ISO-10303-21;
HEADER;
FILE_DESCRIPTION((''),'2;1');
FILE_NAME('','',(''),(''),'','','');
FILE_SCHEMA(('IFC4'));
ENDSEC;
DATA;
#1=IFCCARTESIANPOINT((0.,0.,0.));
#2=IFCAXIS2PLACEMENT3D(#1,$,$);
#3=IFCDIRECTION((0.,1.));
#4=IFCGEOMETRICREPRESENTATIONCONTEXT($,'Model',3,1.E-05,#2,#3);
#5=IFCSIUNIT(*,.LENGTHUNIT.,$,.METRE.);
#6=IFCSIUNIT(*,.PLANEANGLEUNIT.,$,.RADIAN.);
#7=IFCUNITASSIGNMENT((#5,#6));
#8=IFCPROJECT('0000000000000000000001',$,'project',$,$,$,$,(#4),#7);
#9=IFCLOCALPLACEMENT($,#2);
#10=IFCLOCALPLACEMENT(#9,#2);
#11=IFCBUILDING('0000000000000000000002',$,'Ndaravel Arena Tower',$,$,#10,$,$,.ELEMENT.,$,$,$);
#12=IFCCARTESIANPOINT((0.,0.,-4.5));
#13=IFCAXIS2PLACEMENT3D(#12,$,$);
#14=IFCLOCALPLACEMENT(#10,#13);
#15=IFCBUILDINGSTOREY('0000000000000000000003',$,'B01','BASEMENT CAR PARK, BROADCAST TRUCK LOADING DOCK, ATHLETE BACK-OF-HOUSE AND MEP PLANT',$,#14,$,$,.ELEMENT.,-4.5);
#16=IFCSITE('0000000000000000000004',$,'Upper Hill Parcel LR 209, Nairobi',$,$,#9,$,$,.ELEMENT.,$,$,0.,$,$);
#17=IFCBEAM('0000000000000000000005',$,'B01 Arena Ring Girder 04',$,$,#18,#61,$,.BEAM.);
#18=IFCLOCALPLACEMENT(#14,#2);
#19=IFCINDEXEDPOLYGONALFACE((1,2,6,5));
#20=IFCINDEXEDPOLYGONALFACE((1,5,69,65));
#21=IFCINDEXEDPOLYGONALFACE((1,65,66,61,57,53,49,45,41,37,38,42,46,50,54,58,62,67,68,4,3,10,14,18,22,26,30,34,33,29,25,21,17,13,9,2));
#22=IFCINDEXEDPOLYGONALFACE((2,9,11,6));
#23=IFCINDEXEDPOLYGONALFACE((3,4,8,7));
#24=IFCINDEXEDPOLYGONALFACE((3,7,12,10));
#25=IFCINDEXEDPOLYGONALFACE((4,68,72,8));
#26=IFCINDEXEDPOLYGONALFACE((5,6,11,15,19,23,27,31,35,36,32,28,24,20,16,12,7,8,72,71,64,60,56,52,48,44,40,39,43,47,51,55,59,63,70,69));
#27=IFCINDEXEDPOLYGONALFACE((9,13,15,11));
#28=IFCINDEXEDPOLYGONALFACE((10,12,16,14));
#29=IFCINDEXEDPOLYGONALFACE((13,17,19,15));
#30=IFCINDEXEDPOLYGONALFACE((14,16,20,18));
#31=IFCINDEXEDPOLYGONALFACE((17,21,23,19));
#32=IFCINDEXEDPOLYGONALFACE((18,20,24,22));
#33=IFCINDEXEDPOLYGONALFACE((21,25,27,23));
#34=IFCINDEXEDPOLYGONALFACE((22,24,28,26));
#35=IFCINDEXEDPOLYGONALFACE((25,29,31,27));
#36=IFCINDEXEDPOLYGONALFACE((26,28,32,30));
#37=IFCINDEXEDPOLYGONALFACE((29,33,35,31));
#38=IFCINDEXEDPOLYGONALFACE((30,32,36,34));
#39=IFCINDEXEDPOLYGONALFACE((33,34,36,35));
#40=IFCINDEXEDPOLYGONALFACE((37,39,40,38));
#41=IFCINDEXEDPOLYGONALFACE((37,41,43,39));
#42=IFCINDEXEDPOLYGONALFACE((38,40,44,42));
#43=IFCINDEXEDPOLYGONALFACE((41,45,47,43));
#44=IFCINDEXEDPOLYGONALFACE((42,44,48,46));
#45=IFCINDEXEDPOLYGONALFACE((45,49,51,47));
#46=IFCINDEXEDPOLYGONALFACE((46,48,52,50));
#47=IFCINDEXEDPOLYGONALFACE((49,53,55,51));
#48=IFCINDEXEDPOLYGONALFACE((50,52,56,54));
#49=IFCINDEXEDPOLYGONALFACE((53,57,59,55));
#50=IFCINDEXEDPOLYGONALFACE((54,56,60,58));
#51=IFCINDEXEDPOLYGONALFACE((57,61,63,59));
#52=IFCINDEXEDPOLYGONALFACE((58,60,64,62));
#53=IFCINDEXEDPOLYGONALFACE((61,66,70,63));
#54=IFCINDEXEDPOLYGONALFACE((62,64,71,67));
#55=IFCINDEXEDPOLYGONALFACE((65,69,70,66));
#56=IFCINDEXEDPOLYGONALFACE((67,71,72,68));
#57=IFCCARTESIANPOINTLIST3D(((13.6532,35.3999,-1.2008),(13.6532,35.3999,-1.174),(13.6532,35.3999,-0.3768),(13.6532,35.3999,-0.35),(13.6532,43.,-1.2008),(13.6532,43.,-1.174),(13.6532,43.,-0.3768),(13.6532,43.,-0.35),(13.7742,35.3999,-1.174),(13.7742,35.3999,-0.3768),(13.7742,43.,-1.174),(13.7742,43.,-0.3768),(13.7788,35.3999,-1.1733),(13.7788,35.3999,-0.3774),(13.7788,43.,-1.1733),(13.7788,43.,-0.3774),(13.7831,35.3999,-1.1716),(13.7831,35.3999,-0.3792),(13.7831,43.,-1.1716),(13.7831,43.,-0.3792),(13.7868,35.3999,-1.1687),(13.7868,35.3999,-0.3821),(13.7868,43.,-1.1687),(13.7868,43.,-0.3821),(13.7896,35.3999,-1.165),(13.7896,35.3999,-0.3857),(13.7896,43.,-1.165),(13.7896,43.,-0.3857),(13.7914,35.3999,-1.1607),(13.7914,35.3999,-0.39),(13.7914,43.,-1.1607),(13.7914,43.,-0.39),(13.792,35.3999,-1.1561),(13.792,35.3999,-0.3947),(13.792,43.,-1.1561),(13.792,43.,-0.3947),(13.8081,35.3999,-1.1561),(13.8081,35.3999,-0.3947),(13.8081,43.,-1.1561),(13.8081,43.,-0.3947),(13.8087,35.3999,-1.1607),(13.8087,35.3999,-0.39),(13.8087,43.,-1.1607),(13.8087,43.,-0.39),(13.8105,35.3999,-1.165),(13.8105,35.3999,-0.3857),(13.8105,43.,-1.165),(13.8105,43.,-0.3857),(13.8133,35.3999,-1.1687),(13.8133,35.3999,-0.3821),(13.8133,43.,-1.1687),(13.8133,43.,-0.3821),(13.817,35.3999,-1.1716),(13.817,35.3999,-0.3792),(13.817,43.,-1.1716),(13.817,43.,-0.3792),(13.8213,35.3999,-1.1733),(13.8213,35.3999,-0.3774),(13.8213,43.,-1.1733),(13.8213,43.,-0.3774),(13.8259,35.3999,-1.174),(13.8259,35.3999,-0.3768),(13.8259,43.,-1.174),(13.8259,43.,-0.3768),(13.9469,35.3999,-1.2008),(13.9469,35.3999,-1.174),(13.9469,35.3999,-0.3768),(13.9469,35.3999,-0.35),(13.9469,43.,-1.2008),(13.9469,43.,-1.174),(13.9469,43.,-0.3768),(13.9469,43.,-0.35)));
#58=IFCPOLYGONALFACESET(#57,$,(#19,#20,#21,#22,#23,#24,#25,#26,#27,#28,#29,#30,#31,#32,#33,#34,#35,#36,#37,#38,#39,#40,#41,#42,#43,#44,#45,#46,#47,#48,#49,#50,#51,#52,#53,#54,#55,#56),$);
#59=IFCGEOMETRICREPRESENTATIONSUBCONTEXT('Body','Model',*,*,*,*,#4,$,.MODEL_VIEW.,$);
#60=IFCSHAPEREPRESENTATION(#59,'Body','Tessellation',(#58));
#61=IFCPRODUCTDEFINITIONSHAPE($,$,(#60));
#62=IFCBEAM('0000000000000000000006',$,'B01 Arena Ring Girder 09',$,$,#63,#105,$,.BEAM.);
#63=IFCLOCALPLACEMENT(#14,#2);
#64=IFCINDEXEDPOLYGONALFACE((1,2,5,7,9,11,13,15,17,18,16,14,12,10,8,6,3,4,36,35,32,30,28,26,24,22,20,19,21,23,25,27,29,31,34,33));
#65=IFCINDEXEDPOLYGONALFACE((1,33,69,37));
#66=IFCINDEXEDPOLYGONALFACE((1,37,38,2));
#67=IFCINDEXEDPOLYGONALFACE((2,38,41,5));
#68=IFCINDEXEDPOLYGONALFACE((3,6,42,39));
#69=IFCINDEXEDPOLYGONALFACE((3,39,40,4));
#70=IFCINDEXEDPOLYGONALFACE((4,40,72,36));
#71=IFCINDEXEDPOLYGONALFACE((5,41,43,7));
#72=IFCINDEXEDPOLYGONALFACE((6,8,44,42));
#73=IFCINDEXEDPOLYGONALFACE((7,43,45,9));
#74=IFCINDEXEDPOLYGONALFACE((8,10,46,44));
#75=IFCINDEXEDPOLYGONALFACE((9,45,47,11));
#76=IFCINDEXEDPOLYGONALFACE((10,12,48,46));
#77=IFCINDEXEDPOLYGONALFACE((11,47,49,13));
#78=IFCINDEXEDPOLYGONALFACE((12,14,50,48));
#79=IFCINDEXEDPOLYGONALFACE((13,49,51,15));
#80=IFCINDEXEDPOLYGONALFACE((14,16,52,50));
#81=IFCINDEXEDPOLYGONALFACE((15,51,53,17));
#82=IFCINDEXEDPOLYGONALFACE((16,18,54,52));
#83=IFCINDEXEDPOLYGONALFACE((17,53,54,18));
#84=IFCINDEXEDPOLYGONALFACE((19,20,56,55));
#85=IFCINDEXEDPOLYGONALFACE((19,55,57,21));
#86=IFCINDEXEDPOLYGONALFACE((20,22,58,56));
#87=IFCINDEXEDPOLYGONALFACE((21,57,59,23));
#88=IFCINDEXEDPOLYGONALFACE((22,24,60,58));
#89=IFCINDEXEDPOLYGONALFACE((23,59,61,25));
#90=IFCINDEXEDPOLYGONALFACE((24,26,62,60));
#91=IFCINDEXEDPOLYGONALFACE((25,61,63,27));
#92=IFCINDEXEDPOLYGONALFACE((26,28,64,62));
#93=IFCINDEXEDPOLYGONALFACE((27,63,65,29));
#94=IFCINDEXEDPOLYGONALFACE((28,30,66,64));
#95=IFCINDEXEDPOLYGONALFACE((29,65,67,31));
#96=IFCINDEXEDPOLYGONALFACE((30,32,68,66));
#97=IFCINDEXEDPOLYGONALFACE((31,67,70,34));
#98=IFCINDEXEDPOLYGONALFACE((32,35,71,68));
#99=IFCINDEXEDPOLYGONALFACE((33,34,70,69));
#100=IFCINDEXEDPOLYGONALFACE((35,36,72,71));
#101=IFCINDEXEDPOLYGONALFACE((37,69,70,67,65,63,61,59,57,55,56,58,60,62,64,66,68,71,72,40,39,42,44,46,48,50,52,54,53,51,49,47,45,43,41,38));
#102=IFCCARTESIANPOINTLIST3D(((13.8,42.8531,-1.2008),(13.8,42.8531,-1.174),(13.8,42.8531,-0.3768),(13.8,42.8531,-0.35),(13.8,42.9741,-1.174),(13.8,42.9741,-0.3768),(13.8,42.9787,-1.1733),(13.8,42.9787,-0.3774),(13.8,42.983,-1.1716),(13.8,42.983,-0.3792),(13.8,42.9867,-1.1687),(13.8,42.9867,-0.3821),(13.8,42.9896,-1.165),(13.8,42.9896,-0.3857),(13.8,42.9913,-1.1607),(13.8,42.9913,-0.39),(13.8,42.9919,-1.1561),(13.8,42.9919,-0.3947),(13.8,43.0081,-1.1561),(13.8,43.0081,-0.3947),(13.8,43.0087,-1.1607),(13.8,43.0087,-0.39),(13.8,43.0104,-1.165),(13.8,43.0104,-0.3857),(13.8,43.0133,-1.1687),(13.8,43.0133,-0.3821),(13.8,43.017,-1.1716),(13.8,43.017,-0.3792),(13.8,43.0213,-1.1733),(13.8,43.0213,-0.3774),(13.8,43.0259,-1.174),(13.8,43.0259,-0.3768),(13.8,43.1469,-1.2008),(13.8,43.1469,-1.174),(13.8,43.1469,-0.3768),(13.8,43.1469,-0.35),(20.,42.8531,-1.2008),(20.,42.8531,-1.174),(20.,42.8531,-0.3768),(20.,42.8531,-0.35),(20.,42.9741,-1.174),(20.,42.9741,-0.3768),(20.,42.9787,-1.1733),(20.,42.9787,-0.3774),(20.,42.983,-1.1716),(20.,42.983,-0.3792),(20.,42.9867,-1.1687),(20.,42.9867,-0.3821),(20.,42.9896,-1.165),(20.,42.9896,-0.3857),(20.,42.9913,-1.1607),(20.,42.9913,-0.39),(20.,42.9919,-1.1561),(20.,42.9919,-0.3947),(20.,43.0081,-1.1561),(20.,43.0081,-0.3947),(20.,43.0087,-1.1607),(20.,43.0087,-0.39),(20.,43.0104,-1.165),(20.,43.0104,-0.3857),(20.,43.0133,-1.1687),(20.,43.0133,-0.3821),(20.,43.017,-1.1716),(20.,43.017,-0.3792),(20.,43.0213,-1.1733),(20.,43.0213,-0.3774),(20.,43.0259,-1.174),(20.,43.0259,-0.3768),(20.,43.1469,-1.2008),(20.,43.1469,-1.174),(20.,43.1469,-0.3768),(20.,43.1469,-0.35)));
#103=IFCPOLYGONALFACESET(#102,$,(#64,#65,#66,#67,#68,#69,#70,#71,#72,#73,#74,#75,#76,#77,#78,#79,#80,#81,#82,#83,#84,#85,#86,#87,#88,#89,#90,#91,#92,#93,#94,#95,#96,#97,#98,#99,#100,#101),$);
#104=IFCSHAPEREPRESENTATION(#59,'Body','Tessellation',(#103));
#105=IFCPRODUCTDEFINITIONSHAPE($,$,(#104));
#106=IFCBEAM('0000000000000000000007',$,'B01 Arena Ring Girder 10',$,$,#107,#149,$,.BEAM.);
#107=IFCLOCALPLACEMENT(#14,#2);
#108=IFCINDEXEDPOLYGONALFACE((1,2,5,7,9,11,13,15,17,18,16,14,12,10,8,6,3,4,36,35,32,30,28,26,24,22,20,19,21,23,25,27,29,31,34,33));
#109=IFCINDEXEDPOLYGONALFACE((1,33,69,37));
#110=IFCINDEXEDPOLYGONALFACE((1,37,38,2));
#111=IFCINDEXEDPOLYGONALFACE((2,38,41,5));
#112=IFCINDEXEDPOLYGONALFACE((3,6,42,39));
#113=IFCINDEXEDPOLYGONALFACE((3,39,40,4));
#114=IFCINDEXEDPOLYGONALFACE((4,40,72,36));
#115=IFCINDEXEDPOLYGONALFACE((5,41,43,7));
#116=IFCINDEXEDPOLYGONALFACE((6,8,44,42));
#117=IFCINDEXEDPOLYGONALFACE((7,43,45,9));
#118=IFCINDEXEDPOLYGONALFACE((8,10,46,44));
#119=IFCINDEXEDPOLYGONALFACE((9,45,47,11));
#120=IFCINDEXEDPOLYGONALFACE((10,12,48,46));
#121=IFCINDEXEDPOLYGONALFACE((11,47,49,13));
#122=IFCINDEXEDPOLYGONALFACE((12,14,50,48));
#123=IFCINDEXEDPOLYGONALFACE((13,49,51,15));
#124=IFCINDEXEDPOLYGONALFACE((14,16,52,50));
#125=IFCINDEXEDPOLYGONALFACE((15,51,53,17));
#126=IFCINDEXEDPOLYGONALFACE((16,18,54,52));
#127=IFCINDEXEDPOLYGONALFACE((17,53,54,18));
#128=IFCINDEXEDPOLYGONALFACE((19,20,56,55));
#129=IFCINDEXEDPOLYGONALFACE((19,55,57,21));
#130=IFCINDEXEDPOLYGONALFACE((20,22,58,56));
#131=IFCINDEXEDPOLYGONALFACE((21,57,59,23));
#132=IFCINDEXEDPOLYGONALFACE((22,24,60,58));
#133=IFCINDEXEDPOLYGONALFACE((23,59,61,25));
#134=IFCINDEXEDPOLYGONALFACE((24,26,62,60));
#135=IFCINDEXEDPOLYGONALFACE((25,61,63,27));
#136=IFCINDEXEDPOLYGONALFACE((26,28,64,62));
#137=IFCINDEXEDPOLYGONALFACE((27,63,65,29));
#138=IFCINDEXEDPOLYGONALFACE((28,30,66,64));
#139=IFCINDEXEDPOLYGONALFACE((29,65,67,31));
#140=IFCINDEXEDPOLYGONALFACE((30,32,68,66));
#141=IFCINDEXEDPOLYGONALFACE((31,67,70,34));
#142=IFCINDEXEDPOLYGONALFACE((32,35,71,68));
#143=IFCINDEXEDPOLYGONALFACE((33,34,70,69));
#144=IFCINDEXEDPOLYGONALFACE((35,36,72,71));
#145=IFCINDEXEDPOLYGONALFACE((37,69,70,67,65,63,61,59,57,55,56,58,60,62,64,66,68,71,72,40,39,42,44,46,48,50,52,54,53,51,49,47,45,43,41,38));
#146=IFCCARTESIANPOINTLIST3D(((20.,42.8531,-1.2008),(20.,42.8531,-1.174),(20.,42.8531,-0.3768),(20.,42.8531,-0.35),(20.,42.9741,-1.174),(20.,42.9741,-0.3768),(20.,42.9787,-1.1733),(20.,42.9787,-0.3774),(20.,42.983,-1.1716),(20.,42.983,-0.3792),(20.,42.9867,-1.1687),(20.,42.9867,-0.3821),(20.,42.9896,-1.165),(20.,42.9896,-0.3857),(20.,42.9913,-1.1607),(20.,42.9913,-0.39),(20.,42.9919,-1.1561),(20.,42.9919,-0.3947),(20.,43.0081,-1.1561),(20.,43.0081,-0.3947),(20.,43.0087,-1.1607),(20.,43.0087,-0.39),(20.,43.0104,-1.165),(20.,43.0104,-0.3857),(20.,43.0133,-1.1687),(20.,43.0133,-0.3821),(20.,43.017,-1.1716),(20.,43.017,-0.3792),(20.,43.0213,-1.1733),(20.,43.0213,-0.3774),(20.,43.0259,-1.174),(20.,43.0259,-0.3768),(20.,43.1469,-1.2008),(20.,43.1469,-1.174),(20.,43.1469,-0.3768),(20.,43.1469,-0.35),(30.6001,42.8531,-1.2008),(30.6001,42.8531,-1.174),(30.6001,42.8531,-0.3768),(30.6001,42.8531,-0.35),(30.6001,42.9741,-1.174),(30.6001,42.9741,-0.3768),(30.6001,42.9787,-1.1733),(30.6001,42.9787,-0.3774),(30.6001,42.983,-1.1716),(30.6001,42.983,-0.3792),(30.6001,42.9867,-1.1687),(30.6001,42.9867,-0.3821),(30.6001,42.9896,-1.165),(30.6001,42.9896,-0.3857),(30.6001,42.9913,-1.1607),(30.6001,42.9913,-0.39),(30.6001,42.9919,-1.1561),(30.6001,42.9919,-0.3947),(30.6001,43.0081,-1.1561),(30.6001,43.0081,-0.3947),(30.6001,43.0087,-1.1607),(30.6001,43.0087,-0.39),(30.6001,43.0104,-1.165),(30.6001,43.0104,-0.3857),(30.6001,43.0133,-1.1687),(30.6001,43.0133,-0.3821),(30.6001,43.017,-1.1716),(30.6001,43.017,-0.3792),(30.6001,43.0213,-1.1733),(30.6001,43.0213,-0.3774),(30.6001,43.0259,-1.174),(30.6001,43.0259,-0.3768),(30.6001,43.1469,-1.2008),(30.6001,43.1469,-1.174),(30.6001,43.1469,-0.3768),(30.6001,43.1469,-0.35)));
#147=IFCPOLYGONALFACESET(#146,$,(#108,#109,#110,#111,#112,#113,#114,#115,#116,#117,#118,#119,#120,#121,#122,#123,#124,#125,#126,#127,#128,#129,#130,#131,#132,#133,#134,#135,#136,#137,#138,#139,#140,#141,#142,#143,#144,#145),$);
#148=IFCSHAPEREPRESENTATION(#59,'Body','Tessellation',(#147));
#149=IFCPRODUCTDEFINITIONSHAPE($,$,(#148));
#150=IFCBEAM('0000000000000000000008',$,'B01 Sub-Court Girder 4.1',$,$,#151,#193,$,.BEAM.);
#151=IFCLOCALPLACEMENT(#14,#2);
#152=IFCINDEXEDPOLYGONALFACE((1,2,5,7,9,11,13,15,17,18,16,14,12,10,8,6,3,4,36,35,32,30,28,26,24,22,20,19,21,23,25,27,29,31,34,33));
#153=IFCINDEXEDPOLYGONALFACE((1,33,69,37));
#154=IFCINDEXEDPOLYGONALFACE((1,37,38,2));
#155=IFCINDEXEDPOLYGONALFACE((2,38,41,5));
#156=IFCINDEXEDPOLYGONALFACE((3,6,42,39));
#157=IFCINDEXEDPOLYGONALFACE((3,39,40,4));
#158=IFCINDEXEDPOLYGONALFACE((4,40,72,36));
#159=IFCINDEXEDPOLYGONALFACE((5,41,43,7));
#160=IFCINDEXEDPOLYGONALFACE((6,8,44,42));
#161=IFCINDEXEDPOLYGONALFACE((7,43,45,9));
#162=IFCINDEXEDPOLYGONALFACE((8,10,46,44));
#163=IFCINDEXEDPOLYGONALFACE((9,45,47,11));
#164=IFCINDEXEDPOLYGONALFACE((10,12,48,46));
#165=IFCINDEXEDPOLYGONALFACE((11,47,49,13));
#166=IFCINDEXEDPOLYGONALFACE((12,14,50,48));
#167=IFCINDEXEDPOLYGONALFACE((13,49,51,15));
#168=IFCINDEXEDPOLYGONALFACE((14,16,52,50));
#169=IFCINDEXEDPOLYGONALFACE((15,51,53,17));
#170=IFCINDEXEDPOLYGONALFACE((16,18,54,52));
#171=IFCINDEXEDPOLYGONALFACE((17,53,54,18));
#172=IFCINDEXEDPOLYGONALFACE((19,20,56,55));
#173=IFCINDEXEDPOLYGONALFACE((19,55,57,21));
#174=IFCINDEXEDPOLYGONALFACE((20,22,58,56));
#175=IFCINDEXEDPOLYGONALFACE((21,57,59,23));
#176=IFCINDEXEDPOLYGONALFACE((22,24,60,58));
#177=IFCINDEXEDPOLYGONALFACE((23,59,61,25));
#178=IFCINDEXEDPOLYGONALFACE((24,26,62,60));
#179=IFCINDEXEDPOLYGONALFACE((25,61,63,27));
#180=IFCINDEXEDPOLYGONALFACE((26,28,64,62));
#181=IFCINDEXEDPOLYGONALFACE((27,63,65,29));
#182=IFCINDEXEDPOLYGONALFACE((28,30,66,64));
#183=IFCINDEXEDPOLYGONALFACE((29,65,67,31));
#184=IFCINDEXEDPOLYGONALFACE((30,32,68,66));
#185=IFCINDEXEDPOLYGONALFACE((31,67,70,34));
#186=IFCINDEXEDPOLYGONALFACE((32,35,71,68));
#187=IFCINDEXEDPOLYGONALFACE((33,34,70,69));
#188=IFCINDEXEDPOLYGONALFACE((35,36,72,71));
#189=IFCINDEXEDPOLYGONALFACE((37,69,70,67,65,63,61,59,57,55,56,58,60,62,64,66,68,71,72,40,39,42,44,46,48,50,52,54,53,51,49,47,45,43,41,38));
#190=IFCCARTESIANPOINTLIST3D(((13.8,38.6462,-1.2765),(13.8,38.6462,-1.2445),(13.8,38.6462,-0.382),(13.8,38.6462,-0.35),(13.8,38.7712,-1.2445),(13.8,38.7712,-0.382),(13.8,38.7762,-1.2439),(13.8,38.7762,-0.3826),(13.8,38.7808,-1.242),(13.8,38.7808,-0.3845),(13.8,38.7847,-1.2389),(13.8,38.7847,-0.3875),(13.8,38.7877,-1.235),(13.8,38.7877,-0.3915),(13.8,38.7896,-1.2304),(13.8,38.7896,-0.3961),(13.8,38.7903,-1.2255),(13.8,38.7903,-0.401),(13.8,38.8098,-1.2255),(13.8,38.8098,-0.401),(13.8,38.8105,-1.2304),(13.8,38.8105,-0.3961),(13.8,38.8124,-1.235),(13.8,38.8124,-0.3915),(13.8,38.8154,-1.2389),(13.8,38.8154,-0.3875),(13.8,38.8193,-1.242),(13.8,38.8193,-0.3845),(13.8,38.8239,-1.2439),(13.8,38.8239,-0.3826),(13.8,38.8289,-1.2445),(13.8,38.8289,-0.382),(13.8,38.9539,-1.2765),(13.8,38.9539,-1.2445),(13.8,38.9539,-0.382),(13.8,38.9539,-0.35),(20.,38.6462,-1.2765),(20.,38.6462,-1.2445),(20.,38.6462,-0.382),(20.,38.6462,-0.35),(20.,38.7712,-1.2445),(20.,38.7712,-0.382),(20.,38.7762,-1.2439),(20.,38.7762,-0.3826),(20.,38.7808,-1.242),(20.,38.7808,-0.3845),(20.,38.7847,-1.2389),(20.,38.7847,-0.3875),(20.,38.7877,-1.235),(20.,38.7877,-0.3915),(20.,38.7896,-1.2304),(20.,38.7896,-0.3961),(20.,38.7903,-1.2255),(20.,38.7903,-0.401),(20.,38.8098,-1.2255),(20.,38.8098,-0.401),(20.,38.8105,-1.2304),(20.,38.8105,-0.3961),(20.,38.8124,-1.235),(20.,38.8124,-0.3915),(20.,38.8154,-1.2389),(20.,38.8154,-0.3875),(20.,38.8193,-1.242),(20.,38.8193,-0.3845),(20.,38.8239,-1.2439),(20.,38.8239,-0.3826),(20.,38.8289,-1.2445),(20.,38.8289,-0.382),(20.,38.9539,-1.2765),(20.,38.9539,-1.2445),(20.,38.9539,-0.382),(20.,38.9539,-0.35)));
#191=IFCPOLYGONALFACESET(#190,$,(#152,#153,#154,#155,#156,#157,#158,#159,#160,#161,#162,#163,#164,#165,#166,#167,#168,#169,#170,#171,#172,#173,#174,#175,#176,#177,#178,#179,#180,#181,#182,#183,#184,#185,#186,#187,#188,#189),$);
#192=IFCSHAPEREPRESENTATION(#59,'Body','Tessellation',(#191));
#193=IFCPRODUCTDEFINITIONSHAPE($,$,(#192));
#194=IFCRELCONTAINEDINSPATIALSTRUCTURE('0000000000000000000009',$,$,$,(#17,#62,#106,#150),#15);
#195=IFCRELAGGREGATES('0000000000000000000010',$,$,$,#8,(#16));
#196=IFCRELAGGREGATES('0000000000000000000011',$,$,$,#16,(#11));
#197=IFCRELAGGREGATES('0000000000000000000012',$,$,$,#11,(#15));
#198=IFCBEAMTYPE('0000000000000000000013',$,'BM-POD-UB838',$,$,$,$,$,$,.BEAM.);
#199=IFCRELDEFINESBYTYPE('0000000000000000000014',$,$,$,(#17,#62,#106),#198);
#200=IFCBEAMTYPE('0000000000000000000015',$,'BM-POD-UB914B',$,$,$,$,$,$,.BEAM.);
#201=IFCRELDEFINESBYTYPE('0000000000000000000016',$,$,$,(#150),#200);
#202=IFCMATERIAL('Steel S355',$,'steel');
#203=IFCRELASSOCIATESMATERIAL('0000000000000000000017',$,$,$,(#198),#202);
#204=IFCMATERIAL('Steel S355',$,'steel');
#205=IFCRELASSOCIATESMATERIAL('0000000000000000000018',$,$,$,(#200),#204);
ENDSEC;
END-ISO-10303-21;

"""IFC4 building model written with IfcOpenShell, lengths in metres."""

from ifc_helpers import new_model, si_unit, direction, frame, origin, origin_2d, place, context, subcontext, project, spatial, i_section, extrude, material, material_profile, profile_set, type_object, element, save


model = new_model("IFC4")

# Units and contexts
model_context = context("Model", 3, precision=1e-05, world=origin(), true_north=direction((0.0, 1.0)))
body_context = subcontext(model_context, "Body", "Model", "MODEL_VIEW")
ifc_project = project(units=[si_unit("LENGTHUNIT", "METRE"), si_unit("PLANEANGLEUNIT", "RADIAN")], contexts=[model_context])

# Site, building, storey
site_placement = place(None, origin())
site = spatial("IfcSite", under=ifc_project, at=site_placement, Name="Upper Hill Parcel LR 209, Nairobi", CompositionType="ELEMENT", RefElevation=0.0)
building_placement = place(site_placement, origin())
building = spatial("IfcBuilding", under=site, at=building_placement, Name="Ndaravel Arena Tower", CompositionType="ELEMENT")
storey_placement = place(building_placement, frame((0.0, 0.0, -4.5)))
storey = spatial("IfcBuildingStorey", under=building, at=storey_placement, Name="B01", Description="BASEMENT CAR PARK, BROADCAST TRUCK LOADING DOCK, ATHLETE BACK-OF-HOUSE AND MEP PLANT", CompositionType="ELEMENT", Elevation=-4.5)

# Beams
ifc_material_1 = material(Name="Steel S355", Category="steel")
ifc_material_profile_1 = material_profile(ifc_material_1, i_section(OverallWidth=0.2937, OverallDepth=0.8508, WebThickness=0.0161, FlangeThickness=0.0269, FilletRadius=0.0178, at=origin_2d()), Name="UB 838x292x226")
ifc_profile_set_1 = profile_set([ifc_material_profile_1], Name="Steel S355")
beam_type_1 = type_object("IfcBeamType", Name="BM-POD-UB838", PredefinedType="BEAM", material=ifc_profile_set_1)
beam_1_placement = place(storey_placement, frame((13.8, 35.3999, -0.7754), z_axis=(0.0, 1.0, 0.0), x_axis=(-1.0, 0.0, 0.0)))
element("IfcBeam", 1, at=beam_1_placement, inside=storey, type_object=beam_type_1, Name="B01 Arena Ring Girder 04", PredefinedType="BEAM", context=body_context, shape_type="SweptSolid", body=[
    extrude(i_section(OverallWidth=0.2937, OverallDepth=0.8508, WebThickness=0.0161, FlangeThickness=0.0269, FilletRadius=0.0178, at=origin_2d()), origin(), (0.0, 0.0, 1.0), 7.6001),
])
beam_2_placement = place(storey_placement, frame((13.8, 43.0, -0.7754), z_axis=(1.0, 0.0, 0.0), x_axis=(0.0, 1.0, 0.0)))
element("IfcBeam", 2, at=beam_2_placement, inside=storey, type_object=beam_type_1, Name="B01 Arena Ring Girder 09", PredefinedType="BEAM", context=body_context, shape_type="SweptSolid", body=[
    extrude(i_section(OverallWidth=0.2937, OverallDepth=0.8508, WebThickness=0.0161, FlangeThickness=0.0269, FilletRadius=0.0178, at=origin_2d()), origin(), (0.0, 0.0, 1.0), 6.2),
])
beam_3_placement = place(storey_placement, frame((20.0, 43.0, -0.7754), z_axis=(1.0, 0.0, 0.0), x_axis=(0.0, 1.0, 0.0)))
element("IfcBeam", 3, at=beam_3_placement, inside=storey, type_object=beam_type_1, Name="B01 Arena Ring Girder 10", PredefinedType="BEAM", context=body_context, shape_type="SweptSolid", body=[
    extrude(i_section(OverallWidth=0.2937, OverallDepth=0.8508, WebThickness=0.0161, FlangeThickness=0.0269, FilletRadius=0.0178, at=origin_2d()), origin(), (0.0, 0.0, 1.0), 10.6001),
])
ifc_material_2 = material(Name="Steel S355", Category="steel")
ifc_material_profile_2 = material_profile(ifc_material_2, i_section(OverallWidth=0.3076, OverallDepth=0.9265, WebThickness=0.0195, FlangeThickness=0.032, FilletRadius=0.019, at=origin_2d()), Name="UB 914x305x289")
ifc_profile_set_2 = profile_set([ifc_material_profile_2], Name="Steel S355")
beam_type_2 = type_object("IfcBeamType", Name="BM-POD-UB914B", PredefinedType="BEAM", material=ifc_profile_set_2)
beam_4_placement = place(storey_placement, frame((13.8, 38.8, -0.8132), z_axis=(1.0, 0.0, 0.0), x_axis=(0.0, 1.0, 0.0)))
element("IfcBeam", 4, at=beam_4_placement, inside=storey, type_object=beam_type_2, Name="B01 Sub-Court Girder 4.1", PredefinedType="BEAM", context=body_context, shape_type="SweptSolid", body=[
    extrude(i_section(OverallWidth=0.3076, OverallDepth=0.9265, WebThickness=0.0195, FlangeThickness=0.032, FilletRadius=0.019, at=origin_2d()), origin(), (0.0, 0.0, 1.0), 6.2),
])

save(model, "model.ifc")
